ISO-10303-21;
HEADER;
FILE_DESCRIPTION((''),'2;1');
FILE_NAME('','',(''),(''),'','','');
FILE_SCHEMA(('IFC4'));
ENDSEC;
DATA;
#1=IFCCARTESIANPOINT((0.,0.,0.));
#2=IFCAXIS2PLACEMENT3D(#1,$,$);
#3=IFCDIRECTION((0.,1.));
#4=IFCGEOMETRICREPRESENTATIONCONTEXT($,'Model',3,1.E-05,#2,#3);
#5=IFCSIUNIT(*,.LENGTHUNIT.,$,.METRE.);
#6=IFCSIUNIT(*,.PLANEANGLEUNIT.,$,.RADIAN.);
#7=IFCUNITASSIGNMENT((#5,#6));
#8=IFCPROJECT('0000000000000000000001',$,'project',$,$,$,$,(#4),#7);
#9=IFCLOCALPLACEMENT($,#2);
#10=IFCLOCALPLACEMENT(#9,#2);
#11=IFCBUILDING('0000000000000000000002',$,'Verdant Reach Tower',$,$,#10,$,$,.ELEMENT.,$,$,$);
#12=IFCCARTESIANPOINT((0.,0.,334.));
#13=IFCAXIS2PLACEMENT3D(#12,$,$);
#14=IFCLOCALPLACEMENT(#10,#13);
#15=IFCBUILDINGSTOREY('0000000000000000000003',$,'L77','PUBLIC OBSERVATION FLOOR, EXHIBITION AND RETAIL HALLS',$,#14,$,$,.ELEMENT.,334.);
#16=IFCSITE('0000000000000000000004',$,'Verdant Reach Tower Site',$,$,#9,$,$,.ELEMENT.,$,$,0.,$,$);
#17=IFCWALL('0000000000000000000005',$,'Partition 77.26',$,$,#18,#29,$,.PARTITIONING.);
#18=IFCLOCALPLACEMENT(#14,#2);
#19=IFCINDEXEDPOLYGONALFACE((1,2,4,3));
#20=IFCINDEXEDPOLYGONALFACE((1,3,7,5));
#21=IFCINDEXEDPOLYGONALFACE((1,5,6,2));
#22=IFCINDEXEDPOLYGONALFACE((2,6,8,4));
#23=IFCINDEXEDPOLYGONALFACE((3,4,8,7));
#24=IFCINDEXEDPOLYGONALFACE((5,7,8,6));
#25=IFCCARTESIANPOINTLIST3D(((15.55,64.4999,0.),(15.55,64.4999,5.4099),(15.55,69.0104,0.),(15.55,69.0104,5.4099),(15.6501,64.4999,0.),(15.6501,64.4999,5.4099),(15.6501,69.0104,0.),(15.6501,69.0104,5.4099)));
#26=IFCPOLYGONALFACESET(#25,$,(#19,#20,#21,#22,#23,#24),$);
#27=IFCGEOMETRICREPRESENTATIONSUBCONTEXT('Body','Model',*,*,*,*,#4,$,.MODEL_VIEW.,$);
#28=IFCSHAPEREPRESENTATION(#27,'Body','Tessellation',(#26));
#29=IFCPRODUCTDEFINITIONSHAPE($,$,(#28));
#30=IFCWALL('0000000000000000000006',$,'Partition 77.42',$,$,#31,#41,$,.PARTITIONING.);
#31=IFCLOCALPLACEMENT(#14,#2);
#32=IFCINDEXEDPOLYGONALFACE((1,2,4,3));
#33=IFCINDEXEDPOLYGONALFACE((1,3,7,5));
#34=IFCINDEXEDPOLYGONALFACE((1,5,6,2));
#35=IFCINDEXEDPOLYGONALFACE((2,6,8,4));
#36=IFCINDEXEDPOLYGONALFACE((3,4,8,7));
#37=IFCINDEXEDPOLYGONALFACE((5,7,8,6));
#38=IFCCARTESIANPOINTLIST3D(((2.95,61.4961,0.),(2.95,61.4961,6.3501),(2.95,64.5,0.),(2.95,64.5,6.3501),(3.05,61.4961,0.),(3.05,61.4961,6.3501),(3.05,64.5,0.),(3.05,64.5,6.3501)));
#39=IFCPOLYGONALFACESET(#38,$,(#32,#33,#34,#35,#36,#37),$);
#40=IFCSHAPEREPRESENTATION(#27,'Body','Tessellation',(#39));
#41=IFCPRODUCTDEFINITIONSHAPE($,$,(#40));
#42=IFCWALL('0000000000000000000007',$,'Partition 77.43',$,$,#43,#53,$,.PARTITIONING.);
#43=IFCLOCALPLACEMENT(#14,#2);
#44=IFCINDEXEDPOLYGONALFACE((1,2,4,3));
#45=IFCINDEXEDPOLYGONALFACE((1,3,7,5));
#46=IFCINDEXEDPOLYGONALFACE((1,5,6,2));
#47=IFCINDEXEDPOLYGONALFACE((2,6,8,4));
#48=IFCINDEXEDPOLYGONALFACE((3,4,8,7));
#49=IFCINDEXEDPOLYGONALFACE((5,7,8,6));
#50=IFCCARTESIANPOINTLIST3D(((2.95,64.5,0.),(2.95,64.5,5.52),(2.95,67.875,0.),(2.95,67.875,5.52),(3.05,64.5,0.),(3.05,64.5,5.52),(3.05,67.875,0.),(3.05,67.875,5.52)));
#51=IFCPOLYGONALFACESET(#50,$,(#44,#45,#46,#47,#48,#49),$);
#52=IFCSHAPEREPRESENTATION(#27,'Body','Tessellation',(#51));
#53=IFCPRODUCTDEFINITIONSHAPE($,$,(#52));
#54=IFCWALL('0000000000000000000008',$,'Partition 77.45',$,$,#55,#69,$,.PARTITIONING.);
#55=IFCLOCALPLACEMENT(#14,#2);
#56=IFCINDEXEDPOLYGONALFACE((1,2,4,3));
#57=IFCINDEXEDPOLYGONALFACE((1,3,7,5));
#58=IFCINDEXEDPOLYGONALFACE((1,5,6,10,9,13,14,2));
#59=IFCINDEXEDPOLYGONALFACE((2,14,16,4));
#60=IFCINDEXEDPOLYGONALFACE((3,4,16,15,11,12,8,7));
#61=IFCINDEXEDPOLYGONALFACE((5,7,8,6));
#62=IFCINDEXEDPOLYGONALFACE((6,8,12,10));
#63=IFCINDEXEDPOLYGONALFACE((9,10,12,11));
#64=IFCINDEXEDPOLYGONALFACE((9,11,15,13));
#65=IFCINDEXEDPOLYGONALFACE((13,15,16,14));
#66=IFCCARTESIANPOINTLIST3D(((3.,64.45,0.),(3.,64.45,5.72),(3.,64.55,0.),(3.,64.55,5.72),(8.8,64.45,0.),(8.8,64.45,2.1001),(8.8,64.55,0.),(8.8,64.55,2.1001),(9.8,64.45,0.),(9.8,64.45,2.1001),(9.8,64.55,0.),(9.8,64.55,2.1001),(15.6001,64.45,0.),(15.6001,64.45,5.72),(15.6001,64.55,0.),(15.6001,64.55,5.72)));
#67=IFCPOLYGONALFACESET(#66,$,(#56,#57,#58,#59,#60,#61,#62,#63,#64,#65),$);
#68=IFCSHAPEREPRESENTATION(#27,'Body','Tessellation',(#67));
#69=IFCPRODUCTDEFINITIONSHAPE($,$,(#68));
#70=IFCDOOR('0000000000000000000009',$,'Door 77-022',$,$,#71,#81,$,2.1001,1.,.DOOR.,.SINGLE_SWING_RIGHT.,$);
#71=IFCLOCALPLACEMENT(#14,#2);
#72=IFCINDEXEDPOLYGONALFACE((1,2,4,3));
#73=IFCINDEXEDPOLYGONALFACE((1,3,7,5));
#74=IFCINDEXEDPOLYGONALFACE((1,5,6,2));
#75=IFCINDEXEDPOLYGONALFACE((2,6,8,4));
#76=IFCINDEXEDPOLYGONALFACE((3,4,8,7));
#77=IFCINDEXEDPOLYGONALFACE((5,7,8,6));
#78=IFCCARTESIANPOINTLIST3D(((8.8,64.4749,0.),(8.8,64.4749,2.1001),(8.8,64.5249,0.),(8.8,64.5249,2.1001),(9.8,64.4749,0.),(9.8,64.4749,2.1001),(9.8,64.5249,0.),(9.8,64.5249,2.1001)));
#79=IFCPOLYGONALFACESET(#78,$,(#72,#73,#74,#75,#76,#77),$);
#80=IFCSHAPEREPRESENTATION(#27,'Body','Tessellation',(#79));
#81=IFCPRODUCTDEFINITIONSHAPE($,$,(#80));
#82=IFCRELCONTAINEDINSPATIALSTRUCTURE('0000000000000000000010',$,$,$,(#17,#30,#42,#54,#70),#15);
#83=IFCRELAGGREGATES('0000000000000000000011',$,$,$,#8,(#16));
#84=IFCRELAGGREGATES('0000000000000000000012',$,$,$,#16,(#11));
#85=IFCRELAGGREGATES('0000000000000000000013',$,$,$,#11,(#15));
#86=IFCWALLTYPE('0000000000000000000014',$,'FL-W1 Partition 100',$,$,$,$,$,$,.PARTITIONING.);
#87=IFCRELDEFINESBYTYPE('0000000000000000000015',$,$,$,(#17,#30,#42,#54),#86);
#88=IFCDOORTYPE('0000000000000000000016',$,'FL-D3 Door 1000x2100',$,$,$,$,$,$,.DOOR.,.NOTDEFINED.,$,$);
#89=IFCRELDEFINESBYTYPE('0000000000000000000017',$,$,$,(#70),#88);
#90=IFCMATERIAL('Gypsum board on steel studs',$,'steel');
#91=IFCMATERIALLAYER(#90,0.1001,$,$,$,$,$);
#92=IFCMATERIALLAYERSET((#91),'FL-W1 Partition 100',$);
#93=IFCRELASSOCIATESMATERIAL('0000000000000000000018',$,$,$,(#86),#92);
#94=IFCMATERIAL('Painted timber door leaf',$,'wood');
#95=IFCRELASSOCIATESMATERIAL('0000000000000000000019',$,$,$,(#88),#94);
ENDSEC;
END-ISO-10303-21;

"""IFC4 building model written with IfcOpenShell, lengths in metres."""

from ifc_helpers import new_model, si_unit, direction, frame, frame_2d, origin, place, context, subcontext, project, spatial, rectangle, extrude, material, layer, layer_set, type_object, element, fill, save


model = new_model("IFC4")

# Units and contexts
model_context = context("Model", 3, precision=1e-05, world=origin(), true_north=direction((0.0, 1.0)))
body_context = subcontext(model_context, "Body", "Model", "MODEL_VIEW")
ifc_project = project(units=[si_unit("LENGTHUNIT", "METRE"), si_unit("PLANEANGLEUNIT", "RADIAN")], contexts=[model_context])

# Site, building, storey
site_placement = place(None, origin())
site = spatial("IfcSite", under=ifc_project, at=site_placement, Name="Verdant Reach Tower Site", CompositionType="ELEMENT", RefElevation=0.0)
building_placement = place(site_placement, origin())
building = spatial("IfcBuilding", under=site, at=building_placement, Name="Verdant Reach Tower", CompositionType="ELEMENT")
storey_placement = place(building_placement, frame((0.0, 0.0, 334.0)))
storey = spatial("IfcBuildingStorey", under=building, at=storey_placement, Name="L77", Description="PUBLIC OBSERVATION FLOOR, EXHIBITION AND RETAIL HALLS", CompositionType="ELEMENT", Elevation=334.0)

# Walls
ifc_material_1 = material(Name="Gypsum board on steel studs", Category="steel")
ifc_layer_1 = layer(ifc_material_1, 0.1001)
ifc_layer_set_1 = layer_set([ifc_layer_1], Name="FL-W1 Partition 100")
wall_type = type_object("IfcWallType", Name="FL-W1 Partition 100", PredefinedType="PARTITIONING", material=ifc_layer_set_1)
wall_1_placement = place(storey_placement, frame((15.6001, 69.0105, 0.0), z_axis=(0.0, 0.0, 1.0), x_axis=(0.0, -1.0, 0.0)))
element("IfcWall", 1, at=wall_1_placement, inside=storey, type_object=wall_type, Name="Partition 77.26", PredefinedType="PARTITIONING", context=body_context, shape_type="SweptSolid", body=[
    extrude(rectangle(XDim=4.5105, YDim=0.1001, at=frame_2d((2.2554, 0.0))), origin(), (0.0, 0.0, 1.0), 5.4099),
])
wall_2_placement = place(storey_placement, frame((3.0, 61.4961, 0.0), z_axis=(0.0, 0.0, 1.0), x_axis=(0.0, 1.0, 0.0)))
element("IfcWall", 2, at=wall_2_placement, inside=storey, type_object=wall_type, Name="Partition 77.42", PredefinedType="PARTITIONING", context=body_context, shape_type="SweptSolid", body=[
    extrude(rectangle(XDim=3.0039, YDim=0.1001, at=frame_2d((1.502, 0.0))), origin(), (0.0, 0.0, 1.0), 6.3501),
])
wall_3_placement = place(storey_placement, frame((3.0, 64.5, 0.0), z_axis=(0.0, 0.0, 1.0), x_axis=(0.0, 1.0, 0.0)))
element("IfcWall", 3, at=wall_3_placement, inside=storey, type_object=wall_type, Name="Partition 77.43", PredefinedType="PARTITIONING", context=body_context, shape_type="SweptSolid", body=[
    extrude(rectangle(XDim=3.375, YDim=0.1001, at=frame_2d((1.6875, 0.0))), origin(), (0.0, 0.0, 1.0), 5.52),
])

# Wall, opening, door
wall_4_placement = place(storey_placement, frame((3.0, 64.5, 0.0), z_axis=(0.0, 0.0, 1.0), x_axis=(1.0, 0.0, 0.0)))
wall_4 = element("IfcWall", 4, at=wall_4_placement, inside=storey, type_object=wall_type, Name="Partition 77.45", PredefinedType="PARTITIONING", context=body_context, shape_type="SweptSolid", body=[
    extrude(rectangle(XDim=12.6001, YDim=0.1001, at=frame_2d((6.3, 0.0))), origin(), (0.0, 0.0, 1.0), 5.72),
])
opening_placement = place(wall_4_placement, frame((5.8, 0.0, 0.0)))
opening = element("IfcOpeningElement", 5, at=opening_placement, cuts=wall_4, PredefinedType="OPENING", context=body_context, shape_type="SweptSolid", body=[
    extrude(rectangle(XDim=1.0, YDim=2.1001, at=frame_2d((0.5, 1.05))), frame((0.0, 0.0601, 0.0), z_axis=(0.0, -1.0, 0.0), x_axis=(1.0, 0.0, 0.0)), (0.0, 0.0, 1.0), 0.1201),
])
ifc_material_2 = material(Name="Painted timber door leaf", Category="wood")
door_type = type_object("IfcDoorType", Name="FL-D3 Door 1000x2100", OperationType="NOTDEFINED", PredefinedType="DOOR", material=ifc_material_2)
door_placement = place(opening_placement, origin())
door = element("IfcDoor", 6, at=door_placement, inside=storey, type_object=door_type, Name="Door 77-022", OperationType="SINGLE_SWING_RIGHT", OverallHeight=2.1001, OverallWidth=1.0, PredefinedType="DOOR", context=body_context, shape_type="SweptSolid", body=[
    extrude(rectangle(XDim=1.0, YDim=2.1001, at=frame_2d((0.5, 1.05))), frame((0.0, 0.0249, 0.0), z_axis=(0.0, -1.0, 0.0), x_axis=(1.0, 0.0, 0.0)), (0.0, 0.0, 1.0), 0.05),
])
fill(opening, door)

save(model, "model.ifc")
